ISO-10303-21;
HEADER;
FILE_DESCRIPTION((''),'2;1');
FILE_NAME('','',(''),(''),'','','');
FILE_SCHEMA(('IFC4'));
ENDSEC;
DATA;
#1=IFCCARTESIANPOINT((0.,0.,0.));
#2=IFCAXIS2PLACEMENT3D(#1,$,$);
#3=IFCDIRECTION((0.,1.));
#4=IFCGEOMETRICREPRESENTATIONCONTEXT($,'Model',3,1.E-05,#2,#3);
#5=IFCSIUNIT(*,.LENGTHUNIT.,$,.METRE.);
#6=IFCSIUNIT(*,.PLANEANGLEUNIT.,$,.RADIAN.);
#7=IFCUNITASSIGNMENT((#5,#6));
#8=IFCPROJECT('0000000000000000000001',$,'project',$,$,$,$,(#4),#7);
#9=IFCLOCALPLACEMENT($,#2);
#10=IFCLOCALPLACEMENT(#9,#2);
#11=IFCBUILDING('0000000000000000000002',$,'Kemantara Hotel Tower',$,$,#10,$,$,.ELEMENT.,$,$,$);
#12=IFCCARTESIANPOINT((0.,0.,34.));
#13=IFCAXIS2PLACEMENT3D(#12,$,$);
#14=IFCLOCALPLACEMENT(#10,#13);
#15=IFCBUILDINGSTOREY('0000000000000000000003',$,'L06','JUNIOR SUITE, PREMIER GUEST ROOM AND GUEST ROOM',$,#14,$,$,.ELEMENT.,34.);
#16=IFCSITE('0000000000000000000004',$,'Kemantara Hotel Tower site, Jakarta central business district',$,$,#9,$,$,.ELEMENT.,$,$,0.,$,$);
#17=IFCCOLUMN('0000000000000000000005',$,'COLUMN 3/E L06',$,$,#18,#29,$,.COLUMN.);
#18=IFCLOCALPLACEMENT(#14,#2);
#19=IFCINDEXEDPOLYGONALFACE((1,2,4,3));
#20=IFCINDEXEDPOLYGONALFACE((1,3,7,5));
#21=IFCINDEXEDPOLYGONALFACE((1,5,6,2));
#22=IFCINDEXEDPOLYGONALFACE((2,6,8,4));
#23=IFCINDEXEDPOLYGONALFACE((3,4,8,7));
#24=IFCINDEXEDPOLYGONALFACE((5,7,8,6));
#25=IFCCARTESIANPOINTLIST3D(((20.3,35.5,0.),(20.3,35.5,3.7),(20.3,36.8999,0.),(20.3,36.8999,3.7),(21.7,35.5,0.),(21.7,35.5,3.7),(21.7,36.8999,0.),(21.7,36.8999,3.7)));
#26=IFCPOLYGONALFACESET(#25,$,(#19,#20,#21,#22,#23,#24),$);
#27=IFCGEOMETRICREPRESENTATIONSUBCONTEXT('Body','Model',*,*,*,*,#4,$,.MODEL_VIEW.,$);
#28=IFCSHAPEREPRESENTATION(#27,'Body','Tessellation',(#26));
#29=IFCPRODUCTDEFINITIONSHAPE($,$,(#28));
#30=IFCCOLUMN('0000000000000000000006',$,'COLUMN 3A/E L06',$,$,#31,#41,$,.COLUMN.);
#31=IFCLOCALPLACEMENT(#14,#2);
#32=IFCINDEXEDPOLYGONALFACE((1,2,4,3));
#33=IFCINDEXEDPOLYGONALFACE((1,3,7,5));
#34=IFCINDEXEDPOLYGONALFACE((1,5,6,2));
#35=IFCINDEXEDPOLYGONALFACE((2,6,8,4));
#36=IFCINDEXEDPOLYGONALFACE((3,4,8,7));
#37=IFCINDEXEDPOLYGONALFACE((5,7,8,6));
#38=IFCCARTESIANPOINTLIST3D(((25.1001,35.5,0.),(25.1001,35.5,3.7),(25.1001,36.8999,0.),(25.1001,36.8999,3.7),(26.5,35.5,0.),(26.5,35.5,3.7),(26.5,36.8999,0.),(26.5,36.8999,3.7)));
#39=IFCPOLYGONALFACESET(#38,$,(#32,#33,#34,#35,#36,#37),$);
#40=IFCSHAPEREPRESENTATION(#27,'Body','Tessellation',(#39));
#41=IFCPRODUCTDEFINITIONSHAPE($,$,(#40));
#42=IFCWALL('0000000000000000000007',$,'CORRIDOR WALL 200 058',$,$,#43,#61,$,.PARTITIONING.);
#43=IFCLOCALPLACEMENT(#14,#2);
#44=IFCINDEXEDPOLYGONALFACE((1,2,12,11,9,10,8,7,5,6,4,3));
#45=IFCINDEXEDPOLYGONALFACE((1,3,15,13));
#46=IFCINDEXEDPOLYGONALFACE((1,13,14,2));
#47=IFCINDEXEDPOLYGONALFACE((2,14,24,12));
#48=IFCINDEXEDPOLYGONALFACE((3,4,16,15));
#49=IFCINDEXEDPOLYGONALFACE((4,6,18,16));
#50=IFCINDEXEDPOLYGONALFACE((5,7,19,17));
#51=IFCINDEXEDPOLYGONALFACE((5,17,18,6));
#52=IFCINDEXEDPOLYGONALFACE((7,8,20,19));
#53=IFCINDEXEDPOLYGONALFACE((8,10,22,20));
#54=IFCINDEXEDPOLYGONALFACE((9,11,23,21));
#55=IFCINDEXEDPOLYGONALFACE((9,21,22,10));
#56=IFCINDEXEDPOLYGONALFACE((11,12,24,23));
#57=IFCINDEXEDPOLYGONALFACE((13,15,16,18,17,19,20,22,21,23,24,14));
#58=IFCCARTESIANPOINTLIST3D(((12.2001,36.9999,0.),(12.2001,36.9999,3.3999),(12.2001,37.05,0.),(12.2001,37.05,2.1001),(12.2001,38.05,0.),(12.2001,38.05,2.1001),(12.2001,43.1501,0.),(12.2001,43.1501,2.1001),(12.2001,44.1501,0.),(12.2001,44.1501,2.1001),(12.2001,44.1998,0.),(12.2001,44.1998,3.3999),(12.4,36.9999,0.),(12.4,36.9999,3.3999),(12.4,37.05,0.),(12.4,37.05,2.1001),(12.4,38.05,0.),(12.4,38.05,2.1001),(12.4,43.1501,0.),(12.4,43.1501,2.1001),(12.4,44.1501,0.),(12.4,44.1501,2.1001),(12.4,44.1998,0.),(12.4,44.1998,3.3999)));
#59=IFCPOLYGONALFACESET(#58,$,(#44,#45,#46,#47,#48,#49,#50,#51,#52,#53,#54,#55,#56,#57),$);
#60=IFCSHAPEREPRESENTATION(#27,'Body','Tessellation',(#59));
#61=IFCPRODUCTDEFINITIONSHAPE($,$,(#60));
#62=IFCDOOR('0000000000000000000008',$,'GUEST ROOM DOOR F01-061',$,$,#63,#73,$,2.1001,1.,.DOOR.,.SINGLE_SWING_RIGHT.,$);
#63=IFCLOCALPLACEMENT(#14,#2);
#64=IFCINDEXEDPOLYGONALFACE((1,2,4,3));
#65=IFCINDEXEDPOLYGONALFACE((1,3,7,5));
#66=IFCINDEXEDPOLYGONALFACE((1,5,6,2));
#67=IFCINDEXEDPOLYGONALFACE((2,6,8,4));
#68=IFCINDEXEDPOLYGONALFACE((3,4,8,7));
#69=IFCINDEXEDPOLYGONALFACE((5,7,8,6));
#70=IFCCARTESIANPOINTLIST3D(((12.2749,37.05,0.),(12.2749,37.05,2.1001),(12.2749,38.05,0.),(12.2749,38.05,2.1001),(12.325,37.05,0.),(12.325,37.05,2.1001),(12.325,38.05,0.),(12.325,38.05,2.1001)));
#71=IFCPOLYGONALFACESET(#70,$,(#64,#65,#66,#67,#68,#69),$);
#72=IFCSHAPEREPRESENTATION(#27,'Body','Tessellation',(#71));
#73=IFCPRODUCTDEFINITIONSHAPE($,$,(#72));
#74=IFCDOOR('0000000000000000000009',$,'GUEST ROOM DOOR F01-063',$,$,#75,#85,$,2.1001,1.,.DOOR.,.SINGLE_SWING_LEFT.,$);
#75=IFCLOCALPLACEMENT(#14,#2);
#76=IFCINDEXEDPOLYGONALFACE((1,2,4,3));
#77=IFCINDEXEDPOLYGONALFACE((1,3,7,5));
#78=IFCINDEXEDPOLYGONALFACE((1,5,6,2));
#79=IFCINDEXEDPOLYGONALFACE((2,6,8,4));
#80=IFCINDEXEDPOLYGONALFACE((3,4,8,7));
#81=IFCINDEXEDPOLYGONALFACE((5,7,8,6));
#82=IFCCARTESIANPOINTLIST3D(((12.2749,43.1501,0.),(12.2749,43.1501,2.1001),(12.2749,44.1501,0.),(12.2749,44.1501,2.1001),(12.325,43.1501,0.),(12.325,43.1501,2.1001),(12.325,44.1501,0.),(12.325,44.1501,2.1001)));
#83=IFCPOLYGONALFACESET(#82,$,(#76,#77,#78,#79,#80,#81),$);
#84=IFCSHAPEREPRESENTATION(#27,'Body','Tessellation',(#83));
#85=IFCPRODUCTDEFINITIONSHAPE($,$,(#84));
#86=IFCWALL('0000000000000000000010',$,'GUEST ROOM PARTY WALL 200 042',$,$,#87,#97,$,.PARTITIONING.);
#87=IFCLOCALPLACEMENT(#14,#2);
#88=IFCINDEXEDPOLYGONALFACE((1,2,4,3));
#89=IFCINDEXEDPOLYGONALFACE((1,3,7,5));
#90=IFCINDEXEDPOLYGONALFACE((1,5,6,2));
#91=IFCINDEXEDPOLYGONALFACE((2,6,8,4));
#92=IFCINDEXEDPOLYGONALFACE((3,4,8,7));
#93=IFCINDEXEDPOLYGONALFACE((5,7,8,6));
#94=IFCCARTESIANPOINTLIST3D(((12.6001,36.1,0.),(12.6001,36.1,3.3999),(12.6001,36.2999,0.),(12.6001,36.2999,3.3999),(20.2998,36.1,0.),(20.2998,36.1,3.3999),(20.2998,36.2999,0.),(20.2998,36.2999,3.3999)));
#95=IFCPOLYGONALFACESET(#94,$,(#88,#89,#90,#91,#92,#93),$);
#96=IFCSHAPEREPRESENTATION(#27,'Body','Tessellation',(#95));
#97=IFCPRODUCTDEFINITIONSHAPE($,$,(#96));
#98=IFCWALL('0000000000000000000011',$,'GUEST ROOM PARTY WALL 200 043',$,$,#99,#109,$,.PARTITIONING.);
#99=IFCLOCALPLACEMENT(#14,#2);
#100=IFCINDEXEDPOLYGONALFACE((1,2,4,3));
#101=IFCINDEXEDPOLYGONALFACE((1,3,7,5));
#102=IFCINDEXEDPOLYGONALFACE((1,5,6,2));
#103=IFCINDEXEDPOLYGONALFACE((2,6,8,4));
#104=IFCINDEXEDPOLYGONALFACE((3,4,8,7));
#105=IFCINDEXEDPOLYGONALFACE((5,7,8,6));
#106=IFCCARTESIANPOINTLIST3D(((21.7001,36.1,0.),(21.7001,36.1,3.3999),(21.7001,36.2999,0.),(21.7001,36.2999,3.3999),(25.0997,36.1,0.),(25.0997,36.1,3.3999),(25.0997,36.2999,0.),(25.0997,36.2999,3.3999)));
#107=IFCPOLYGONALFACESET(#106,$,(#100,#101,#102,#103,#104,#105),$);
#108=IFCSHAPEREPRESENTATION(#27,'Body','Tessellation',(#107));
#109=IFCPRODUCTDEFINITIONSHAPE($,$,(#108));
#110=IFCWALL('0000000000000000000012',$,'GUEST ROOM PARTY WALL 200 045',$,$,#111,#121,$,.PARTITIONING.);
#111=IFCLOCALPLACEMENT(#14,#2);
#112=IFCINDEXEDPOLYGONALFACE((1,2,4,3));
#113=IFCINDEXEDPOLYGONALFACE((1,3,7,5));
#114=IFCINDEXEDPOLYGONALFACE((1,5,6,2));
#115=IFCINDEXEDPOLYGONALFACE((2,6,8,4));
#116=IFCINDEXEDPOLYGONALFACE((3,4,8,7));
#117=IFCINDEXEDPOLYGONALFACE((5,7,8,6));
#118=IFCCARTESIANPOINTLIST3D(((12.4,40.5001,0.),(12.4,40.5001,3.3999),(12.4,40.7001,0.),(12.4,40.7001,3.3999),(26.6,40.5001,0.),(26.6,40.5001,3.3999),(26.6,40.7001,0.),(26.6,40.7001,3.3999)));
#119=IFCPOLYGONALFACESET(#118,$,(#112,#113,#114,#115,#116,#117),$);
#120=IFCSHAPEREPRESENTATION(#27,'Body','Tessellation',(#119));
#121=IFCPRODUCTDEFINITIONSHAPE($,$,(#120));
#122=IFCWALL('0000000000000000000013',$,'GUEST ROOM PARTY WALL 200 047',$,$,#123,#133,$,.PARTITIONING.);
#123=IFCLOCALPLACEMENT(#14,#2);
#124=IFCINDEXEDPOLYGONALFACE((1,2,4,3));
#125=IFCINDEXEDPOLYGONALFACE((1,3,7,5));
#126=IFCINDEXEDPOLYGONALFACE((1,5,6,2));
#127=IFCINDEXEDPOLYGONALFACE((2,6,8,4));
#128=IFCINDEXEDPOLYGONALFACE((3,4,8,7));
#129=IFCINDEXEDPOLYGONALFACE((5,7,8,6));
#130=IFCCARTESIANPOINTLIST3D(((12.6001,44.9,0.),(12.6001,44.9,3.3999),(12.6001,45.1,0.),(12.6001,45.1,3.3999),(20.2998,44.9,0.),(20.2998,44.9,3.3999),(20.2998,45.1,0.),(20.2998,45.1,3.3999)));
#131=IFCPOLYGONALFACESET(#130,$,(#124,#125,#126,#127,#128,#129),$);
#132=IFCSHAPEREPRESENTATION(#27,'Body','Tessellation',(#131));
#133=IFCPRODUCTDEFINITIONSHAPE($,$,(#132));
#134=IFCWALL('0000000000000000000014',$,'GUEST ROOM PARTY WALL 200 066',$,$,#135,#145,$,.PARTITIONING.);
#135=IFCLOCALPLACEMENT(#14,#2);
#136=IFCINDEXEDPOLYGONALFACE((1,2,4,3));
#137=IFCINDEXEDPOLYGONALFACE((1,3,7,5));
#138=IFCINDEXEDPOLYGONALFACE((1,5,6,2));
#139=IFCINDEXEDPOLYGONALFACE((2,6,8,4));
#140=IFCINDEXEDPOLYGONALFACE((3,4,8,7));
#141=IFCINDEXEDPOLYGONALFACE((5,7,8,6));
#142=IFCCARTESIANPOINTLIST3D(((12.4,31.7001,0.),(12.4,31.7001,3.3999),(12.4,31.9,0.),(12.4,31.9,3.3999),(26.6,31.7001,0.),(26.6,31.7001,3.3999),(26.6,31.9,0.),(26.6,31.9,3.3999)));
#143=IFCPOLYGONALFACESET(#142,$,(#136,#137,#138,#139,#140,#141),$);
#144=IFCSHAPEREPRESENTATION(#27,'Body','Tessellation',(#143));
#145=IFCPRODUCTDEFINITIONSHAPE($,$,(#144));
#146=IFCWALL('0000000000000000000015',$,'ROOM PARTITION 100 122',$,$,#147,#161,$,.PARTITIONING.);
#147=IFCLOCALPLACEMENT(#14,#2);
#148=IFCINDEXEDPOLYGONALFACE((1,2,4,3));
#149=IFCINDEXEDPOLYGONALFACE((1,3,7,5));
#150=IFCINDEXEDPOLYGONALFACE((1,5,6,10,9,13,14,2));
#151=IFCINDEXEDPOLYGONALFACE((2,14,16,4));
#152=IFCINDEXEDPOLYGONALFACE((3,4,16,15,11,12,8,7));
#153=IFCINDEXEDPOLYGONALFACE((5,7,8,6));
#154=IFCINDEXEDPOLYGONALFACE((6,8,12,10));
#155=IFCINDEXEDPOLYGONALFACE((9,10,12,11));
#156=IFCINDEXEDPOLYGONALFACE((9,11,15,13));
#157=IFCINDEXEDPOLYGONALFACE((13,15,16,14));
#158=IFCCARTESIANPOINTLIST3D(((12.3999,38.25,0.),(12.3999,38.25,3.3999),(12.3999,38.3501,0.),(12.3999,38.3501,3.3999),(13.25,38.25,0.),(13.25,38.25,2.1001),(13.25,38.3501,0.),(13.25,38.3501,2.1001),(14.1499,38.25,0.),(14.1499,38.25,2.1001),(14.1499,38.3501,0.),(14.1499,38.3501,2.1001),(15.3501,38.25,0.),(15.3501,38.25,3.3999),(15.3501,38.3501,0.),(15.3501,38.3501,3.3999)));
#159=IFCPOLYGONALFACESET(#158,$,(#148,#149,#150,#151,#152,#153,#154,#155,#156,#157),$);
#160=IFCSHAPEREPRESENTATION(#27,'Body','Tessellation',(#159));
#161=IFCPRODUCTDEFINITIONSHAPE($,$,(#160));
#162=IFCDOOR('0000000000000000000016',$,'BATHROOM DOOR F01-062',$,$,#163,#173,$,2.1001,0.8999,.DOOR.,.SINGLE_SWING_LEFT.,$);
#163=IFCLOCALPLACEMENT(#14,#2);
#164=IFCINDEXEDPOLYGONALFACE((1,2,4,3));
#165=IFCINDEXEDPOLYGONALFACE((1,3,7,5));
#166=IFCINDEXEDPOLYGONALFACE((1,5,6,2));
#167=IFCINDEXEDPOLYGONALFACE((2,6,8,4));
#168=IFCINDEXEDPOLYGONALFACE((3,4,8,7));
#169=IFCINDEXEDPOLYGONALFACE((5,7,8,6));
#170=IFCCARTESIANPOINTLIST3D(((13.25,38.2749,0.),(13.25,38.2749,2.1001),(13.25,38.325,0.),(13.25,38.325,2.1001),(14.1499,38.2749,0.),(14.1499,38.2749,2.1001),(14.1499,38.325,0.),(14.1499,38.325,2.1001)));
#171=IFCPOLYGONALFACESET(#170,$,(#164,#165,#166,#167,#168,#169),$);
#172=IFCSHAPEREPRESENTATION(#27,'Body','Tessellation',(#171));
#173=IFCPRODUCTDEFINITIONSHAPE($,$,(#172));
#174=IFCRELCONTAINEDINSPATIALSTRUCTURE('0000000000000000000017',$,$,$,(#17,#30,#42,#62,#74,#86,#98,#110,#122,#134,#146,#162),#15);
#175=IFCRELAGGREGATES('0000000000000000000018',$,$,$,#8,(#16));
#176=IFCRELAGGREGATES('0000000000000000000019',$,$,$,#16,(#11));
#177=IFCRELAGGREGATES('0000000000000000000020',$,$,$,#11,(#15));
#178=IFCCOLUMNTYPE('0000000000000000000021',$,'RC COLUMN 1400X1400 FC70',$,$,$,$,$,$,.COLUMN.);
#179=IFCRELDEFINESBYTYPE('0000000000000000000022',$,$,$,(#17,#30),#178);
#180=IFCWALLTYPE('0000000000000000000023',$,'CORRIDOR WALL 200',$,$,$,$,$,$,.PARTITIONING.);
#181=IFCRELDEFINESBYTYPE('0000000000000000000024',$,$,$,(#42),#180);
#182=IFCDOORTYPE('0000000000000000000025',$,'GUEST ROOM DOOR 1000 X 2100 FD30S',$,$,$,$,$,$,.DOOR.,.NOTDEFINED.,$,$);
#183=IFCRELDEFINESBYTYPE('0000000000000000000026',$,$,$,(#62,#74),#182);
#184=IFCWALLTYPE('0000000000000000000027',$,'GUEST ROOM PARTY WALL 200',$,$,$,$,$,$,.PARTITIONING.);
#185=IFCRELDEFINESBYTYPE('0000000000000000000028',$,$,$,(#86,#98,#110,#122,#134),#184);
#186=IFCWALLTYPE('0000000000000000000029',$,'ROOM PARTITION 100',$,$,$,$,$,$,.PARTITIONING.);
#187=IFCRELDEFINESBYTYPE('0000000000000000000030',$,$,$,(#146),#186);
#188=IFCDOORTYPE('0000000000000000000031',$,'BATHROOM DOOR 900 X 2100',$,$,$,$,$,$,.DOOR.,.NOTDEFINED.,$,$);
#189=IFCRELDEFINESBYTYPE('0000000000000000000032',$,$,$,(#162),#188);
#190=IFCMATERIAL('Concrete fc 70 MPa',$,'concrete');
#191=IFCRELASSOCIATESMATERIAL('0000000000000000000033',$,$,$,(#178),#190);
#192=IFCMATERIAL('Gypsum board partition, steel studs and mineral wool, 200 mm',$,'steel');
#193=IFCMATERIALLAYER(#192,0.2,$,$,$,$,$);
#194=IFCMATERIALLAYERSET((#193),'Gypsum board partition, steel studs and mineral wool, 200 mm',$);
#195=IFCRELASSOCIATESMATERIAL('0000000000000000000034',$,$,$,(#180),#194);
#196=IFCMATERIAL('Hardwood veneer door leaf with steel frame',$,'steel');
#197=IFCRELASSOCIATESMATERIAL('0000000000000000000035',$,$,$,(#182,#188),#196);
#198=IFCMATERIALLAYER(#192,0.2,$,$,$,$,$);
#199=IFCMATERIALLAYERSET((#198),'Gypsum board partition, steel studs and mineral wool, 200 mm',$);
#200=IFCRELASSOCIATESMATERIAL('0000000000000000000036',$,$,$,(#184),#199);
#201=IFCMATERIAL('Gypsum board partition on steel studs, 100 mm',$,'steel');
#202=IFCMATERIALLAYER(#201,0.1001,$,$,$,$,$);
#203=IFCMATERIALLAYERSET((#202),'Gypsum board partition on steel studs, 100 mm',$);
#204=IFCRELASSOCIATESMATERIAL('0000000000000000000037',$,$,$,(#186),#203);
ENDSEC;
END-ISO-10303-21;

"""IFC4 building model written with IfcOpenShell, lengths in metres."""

from ifc_helpers import new_model, si_unit, direction, frame, frame_2d, origin, origin_2d, place, context, subcontext, project, spatial, rectangle, extrude, material, layer, layer_set, material_profile, profile_set, type_object, element, fill, save


model = new_model("IFC4")

# Units and contexts
model_context = context("Model", 3, precision=1e-05, world=origin(), true_north=direction((0.0, 1.0)))
body_context = subcontext(model_context, "Body", "Model", "MODEL_VIEW")
ifc_project = project(units=[si_unit("LENGTHUNIT", "METRE"), si_unit("PLANEANGLEUNIT", "RADIAN")], contexts=[model_context])

# Site, building, storey
site_placement = place(None, origin())
site = spatial("IfcSite", under=ifc_project, at=site_placement, Name="Kemantara Hotel Tower site, Jakarta central business district", CompositionType="ELEMENT", RefElevation=0.0)
building_placement = place(site_placement, origin())
building = spatial("IfcBuilding", under=site, at=building_placement, Name="Kemantara Hotel Tower", CompositionType="ELEMENT")
storey_placement = place(building_placement, frame((0.0, 0.0, 34.0)))
storey = spatial("IfcBuildingStorey", under=building, at=storey_placement, Name="L06", Description="JUNIOR SUITE, PREMIER GUEST ROOM AND GUEST ROOM", CompositionType="ELEMENT", Elevation=34.0)

# Columns
ifc_material_1 = material(Name="Concrete fc 70 MPa", Category="concrete")
ifc_material_profile = material_profile(ifc_material_1, rectangle(XDim=1.3999, YDim=1.3999, at=origin_2d()), Name="RC 1400X1400")
ifc_profile_set = profile_set([ifc_material_profile], Name="Concrete fc 70 MPa")
column_type = type_object("IfcColumnType", Name="RC COLUMN 1400X1400 FC70", PredefinedType="COLUMN", material=ifc_profile_set)
for number, where, z_axis, x_axis, name in (
    (1, (21.0, 36.2, 0.0), (0.0, 0.0, 1.0), (1.0, 0.0, 0.0), "COLUMN 3/E L06"),
    (2, (25.8, 36.2, 0.0), (0.0, 0.0, 1.0), (1.0, 0.0, 0.0), "COLUMN 3A/E L06"),
):
    element("IfcColumn", number, at=place(storey_placement, frame(where, z_axis=z_axis, x_axis=x_axis)), inside=storey, type_object=column_type, Name=name, PredefinedType="COLUMN", context=body_context, shape_type="SweptSolid", body=[
        extrude(rectangle(XDim=1.3999, YDim=1.3999, at=origin_2d()), origin(), (0.0, 0.0, 1.0), 3.7),
    ])

# Wall, openings, doors
ifc_material_2 = material(Name="Gypsum board partition, steel studs and mineral wool, 200 mm", Category="steel")
ifc_layer_1 = layer(ifc_material_2, 0.2)
ifc_layer_set_1 = layer_set([ifc_layer_1], Name="Gypsum board partition, steel studs and mineral wool, 200 mm")
wall_type_1 = type_object("IfcWallType", Name="CORRIDOR WALL 200", PredefinedType="PARTITIONING", material=ifc_layer_set_1)
wall_1_placement = place(storey_placement, frame((12.3, 44.2, 0.0), z_axis=(0.0, 0.0, 1.0), x_axis=(0.0, -1.0, 0.0)))
wall_1 = element("IfcWall", 3, at=wall_1_placement, inside=storey, type_object=wall_type_1, Name="CORRIDOR WALL 200 058", PredefinedType="PARTITIONING", context=body_context, shape_type="SweptSolid", body=[
    extrude(rectangle(XDim=7.2, YDim=0.2, at=frame_2d((3.6001, 0.0))), origin(), (0.0, 0.0, 1.0), 3.3999),
])
opening_1_placement = place(wall_1_placement, frame((6.1499, 0.0, 0.0)))
opening_1 = element("IfcOpeningElement", 4, at=opening_1_placement, cuts=wall_1, PredefinedType="OPENING", context=body_context, shape_type="SweptSolid", body=[
    extrude(rectangle(XDim=1.0, YDim=2.1001, at=frame_2d((0.5, 1.05))), frame((0.0, 0.1099, 0.0), z_axis=(0.0, -1.0, 0.0), x_axis=(1.0, 0.0, 0.0)), (0.0, 0.0, 1.0), 0.22),
])
opening_2_placement = place(wall_1_placement, frame((0.0498, 0.0, 0.0)))
opening_2 = element("IfcOpeningElement", 5, at=opening_2_placement, cuts=wall_1, PredefinedType="OPENING", context=body_context, shape_type="SweptSolid", body=[
    extrude(rectangle(XDim=1.0, YDim=2.1001, at=frame_2d((0.5, 1.05))), frame((0.0, 0.1099, 0.0), z_axis=(0.0, -1.0, 0.0), x_axis=(1.0, 0.0, 0.0)), (0.0, 0.0, 1.0), 0.22),
])
ifc_material_3 = material(Name="Hardwood veneer door leaf with steel frame", Category="steel")
door_type_1 = type_object("IfcDoorType", Name="GUEST ROOM DOOR 1000 X 2100 FD30S", OperationType="NOTDEFINED", PredefinedType="DOOR", material=ifc_material_3)
door_1_placement = place(opening_1_placement, origin())
door_1 = element("IfcDoor", 6, at=door_1_placement, inside=storey, type_object=door_type_1, Name="GUEST ROOM DOOR F01-061", OperationType="SINGLE_SWING_RIGHT", OverallHeight=2.1001, OverallWidth=1.0, PredefinedType="DOOR", context=body_context, shape_type="SweptSolid", body=[
    extrude(rectangle(XDim=1.0, YDim=2.1001, at=frame_2d((0.5, 1.05))), frame((0.0, 0.0249, 0.0), z_axis=(0.0, -1.0, 0.0), x_axis=(1.0, 0.0, 0.0)), (0.0, 0.0, 1.0), 0.05),
])
fill(opening_1, door_1)
door_2_placement = place(opening_2_placement, origin())
door_2 = element("IfcDoor", 7, at=door_2_placement, inside=storey, type_object=door_type_1, Name="GUEST ROOM DOOR F01-063", OperationType="SINGLE_SWING_LEFT", OverallHeight=2.1001, OverallWidth=1.0, PredefinedType="DOOR", context=body_context, shape_type="SweptSolid", body=[
    extrude(rectangle(XDim=1.0, YDim=2.1001, at=frame_2d((0.5, 1.05))), frame((0.0, 0.0249, 0.0), z_axis=(0.0, -1.0, 0.0), x_axis=(1.0, 0.0, 0.0)), (0.0, 0.0, 1.0), 0.05),
])
fill(opening_2, door_2)

# Walls
ifc_layer_2 = layer(ifc_material_2, 0.2)
ifc_layer_set_2 = layer_set([ifc_layer_2], Name="Gypsum board partition, steel studs and mineral wool, 200 mm")
wall_type_2 = type_object("IfcWallType", Name="GUEST ROOM PARTY WALL 200", PredefinedType="PARTITIONING", material=ifc_layer_set_2)
wall_2_placement = place(storey_placement, frame((12.6001, 36.2, 0.0), z_axis=(0.0, 0.0, 1.0), x_axis=(1.0, 0.0, 0.0)))
element("IfcWall", 8, at=wall_2_placement, inside=storey, type_object=wall_type_2, Name="GUEST ROOM PARTY WALL 200 042", PredefinedType="PARTITIONING", context=body_context, shape_type="SweptSolid", body=[
    extrude(rectangle(XDim=7.6997, YDim=0.2, at=frame_2d((3.8499, 0.0))), origin(), (0.0, 0.0, 1.0), 3.3999),
])
wall_3_placement = place(storey_placement, frame((21.7002, 36.2, 0.0), z_axis=(0.0, 0.0, 1.0), x_axis=(1.0, 0.0, 0.0)))
element("IfcWall", 9, at=wall_3_placement, inside=storey, type_object=wall_type_2, Name="GUEST ROOM PARTY WALL 200 043", PredefinedType="PARTITIONING", context=body_context, shape_type="SweptSolid", body=[
    extrude(rectangle(XDim=3.3997, YDim=0.2, at=frame_2d((1.6997, 0.0))), origin(), (0.0, 0.0, 1.0), 3.3999),
])
wall_4_placement = place(storey_placement, frame((12.3999, 40.6001, 0.0), z_axis=(0.0, 0.0, 1.0), x_axis=(1.0, 0.0, 0.0)))
element("IfcWall", 10, at=wall_4_placement, inside=storey, type_object=wall_type_2, Name="GUEST ROOM PARTY WALL 200 045", PredefinedType="PARTITIONING", context=body_context, shape_type="SweptSolid", body=[
    extrude(rectangle(XDim=14.2, YDim=0.2, at=frame_2d((7.1001, 0.0))), origin(), (0.0, 0.0, 1.0), 3.3999),
])
wall_5_placement = place(storey_placement, frame((12.6001, 45.0, 0.0), z_axis=(0.0, 0.0, 1.0), x_axis=(1.0, 0.0, 0.0)))
element("IfcWall", 11, at=wall_5_placement, inside=storey, type_object=wall_type_2, Name="GUEST ROOM PARTY WALL 200 047", PredefinedType="PARTITIONING", context=body_context, shape_type="SweptSolid", body=[
    extrude(rectangle(XDim=7.6997, YDim=0.2, at=frame_2d((3.8499, 0.0))), origin(), (0.0, 0.0, 1.0), 3.3999),
])
wall_6_placement = place(storey_placement, frame((12.3999, 31.8, 0.0), z_axis=(0.0, 0.0, 1.0), x_axis=(1.0, 0.0, 0.0)))
element("IfcWall", 12, at=wall_6_placement, inside=storey, type_object=wall_type_2, Name="GUEST ROOM PARTY WALL 200 066", PredefinedType="PARTITIONING", context=body_context, shape_type="SweptSolid", body=[
    extrude(rectangle(XDim=14.2, YDim=0.2, at=frame_2d((7.1001, 0.0))), origin(), (0.0, 0.0, 1.0), 3.3999),
])

# Wall, opening, door
ifc_material_4 = material(Name="Gypsum board partition on steel studs, 100 mm", Category="steel")
ifc_layer_3 = layer(ifc_material_4, 0.1001)
ifc_layer_set_3 = layer_set([ifc_layer_3], Name="Gypsum board partition on steel studs, 100 mm")
wall_type_3 = type_object("IfcWallType", Name="ROOM PARTITION 100", PredefinedType="PARTITIONING", material=ifc_layer_set_3)
wall_7_placement = place(storey_placement, frame((12.3999, 38.3, 0.0), z_axis=(0.0, 0.0, 1.0), x_axis=(1.0, 0.0, 0.0)))
wall_7 = element("IfcWall", 13, at=wall_7_placement, inside=storey, type_object=wall_type_3, Name="ROOM PARTITION 100 122", PredefinedType="PARTITIONING", context=body_context, shape_type="SweptSolid", body=[
    extrude(rectangle(XDim=2.9502, YDim=0.1001, at=frame_2d((1.4751, 0.0))), origin(), (0.0, 0.0, 1.0), 3.3999),
])
opening_3_placement = place(wall_7_placement, frame((0.8501, 0.0, 0.0)))
opening_3 = element("IfcOpeningElement", 14, at=opening_3_placement, cuts=wall_7, PredefinedType="OPENING", context=body_context, shape_type="SweptSolid", body=[
    extrude(rectangle(XDim=0.8999, YDim=2.1001, at=frame_2d((0.45, 1.05))), frame((0.0, 0.0601, 0.0), z_axis=(0.0, -1.0, 0.0), x_axis=(1.0, 0.0, 0.0)), (0.0, 0.0, 1.0), 0.1201),
])
door_type_2 = type_object("IfcDoorType", Name="BATHROOM DOOR 900 X 2100", OperationType="NOTDEFINED", PredefinedType="DOOR", material=ifc_material_3)
door_3_placement = place(opening_3_placement, origin())
door_3 = element("IfcDoor", 15, at=door_3_placement, inside=storey, type_object=door_type_2, Name="BATHROOM DOOR F01-062", OperationType="SINGLE_SWING_LEFT", OverallHeight=2.1001, OverallWidth=0.8999, PredefinedType="DOOR", context=body_context, shape_type="SweptSolid", body=[
    extrude(rectangle(XDim=0.8999, YDim=2.1001, at=frame_2d((0.45, 1.05))), frame((0.0, 0.0249, 0.0), z_axis=(0.0, -1.0, 0.0), x_axis=(1.0, 0.0, 0.0)), (0.0, 0.0, 1.0), 0.05),
])
fill(opening_3, door_3)

save(model, "model.ifc")
